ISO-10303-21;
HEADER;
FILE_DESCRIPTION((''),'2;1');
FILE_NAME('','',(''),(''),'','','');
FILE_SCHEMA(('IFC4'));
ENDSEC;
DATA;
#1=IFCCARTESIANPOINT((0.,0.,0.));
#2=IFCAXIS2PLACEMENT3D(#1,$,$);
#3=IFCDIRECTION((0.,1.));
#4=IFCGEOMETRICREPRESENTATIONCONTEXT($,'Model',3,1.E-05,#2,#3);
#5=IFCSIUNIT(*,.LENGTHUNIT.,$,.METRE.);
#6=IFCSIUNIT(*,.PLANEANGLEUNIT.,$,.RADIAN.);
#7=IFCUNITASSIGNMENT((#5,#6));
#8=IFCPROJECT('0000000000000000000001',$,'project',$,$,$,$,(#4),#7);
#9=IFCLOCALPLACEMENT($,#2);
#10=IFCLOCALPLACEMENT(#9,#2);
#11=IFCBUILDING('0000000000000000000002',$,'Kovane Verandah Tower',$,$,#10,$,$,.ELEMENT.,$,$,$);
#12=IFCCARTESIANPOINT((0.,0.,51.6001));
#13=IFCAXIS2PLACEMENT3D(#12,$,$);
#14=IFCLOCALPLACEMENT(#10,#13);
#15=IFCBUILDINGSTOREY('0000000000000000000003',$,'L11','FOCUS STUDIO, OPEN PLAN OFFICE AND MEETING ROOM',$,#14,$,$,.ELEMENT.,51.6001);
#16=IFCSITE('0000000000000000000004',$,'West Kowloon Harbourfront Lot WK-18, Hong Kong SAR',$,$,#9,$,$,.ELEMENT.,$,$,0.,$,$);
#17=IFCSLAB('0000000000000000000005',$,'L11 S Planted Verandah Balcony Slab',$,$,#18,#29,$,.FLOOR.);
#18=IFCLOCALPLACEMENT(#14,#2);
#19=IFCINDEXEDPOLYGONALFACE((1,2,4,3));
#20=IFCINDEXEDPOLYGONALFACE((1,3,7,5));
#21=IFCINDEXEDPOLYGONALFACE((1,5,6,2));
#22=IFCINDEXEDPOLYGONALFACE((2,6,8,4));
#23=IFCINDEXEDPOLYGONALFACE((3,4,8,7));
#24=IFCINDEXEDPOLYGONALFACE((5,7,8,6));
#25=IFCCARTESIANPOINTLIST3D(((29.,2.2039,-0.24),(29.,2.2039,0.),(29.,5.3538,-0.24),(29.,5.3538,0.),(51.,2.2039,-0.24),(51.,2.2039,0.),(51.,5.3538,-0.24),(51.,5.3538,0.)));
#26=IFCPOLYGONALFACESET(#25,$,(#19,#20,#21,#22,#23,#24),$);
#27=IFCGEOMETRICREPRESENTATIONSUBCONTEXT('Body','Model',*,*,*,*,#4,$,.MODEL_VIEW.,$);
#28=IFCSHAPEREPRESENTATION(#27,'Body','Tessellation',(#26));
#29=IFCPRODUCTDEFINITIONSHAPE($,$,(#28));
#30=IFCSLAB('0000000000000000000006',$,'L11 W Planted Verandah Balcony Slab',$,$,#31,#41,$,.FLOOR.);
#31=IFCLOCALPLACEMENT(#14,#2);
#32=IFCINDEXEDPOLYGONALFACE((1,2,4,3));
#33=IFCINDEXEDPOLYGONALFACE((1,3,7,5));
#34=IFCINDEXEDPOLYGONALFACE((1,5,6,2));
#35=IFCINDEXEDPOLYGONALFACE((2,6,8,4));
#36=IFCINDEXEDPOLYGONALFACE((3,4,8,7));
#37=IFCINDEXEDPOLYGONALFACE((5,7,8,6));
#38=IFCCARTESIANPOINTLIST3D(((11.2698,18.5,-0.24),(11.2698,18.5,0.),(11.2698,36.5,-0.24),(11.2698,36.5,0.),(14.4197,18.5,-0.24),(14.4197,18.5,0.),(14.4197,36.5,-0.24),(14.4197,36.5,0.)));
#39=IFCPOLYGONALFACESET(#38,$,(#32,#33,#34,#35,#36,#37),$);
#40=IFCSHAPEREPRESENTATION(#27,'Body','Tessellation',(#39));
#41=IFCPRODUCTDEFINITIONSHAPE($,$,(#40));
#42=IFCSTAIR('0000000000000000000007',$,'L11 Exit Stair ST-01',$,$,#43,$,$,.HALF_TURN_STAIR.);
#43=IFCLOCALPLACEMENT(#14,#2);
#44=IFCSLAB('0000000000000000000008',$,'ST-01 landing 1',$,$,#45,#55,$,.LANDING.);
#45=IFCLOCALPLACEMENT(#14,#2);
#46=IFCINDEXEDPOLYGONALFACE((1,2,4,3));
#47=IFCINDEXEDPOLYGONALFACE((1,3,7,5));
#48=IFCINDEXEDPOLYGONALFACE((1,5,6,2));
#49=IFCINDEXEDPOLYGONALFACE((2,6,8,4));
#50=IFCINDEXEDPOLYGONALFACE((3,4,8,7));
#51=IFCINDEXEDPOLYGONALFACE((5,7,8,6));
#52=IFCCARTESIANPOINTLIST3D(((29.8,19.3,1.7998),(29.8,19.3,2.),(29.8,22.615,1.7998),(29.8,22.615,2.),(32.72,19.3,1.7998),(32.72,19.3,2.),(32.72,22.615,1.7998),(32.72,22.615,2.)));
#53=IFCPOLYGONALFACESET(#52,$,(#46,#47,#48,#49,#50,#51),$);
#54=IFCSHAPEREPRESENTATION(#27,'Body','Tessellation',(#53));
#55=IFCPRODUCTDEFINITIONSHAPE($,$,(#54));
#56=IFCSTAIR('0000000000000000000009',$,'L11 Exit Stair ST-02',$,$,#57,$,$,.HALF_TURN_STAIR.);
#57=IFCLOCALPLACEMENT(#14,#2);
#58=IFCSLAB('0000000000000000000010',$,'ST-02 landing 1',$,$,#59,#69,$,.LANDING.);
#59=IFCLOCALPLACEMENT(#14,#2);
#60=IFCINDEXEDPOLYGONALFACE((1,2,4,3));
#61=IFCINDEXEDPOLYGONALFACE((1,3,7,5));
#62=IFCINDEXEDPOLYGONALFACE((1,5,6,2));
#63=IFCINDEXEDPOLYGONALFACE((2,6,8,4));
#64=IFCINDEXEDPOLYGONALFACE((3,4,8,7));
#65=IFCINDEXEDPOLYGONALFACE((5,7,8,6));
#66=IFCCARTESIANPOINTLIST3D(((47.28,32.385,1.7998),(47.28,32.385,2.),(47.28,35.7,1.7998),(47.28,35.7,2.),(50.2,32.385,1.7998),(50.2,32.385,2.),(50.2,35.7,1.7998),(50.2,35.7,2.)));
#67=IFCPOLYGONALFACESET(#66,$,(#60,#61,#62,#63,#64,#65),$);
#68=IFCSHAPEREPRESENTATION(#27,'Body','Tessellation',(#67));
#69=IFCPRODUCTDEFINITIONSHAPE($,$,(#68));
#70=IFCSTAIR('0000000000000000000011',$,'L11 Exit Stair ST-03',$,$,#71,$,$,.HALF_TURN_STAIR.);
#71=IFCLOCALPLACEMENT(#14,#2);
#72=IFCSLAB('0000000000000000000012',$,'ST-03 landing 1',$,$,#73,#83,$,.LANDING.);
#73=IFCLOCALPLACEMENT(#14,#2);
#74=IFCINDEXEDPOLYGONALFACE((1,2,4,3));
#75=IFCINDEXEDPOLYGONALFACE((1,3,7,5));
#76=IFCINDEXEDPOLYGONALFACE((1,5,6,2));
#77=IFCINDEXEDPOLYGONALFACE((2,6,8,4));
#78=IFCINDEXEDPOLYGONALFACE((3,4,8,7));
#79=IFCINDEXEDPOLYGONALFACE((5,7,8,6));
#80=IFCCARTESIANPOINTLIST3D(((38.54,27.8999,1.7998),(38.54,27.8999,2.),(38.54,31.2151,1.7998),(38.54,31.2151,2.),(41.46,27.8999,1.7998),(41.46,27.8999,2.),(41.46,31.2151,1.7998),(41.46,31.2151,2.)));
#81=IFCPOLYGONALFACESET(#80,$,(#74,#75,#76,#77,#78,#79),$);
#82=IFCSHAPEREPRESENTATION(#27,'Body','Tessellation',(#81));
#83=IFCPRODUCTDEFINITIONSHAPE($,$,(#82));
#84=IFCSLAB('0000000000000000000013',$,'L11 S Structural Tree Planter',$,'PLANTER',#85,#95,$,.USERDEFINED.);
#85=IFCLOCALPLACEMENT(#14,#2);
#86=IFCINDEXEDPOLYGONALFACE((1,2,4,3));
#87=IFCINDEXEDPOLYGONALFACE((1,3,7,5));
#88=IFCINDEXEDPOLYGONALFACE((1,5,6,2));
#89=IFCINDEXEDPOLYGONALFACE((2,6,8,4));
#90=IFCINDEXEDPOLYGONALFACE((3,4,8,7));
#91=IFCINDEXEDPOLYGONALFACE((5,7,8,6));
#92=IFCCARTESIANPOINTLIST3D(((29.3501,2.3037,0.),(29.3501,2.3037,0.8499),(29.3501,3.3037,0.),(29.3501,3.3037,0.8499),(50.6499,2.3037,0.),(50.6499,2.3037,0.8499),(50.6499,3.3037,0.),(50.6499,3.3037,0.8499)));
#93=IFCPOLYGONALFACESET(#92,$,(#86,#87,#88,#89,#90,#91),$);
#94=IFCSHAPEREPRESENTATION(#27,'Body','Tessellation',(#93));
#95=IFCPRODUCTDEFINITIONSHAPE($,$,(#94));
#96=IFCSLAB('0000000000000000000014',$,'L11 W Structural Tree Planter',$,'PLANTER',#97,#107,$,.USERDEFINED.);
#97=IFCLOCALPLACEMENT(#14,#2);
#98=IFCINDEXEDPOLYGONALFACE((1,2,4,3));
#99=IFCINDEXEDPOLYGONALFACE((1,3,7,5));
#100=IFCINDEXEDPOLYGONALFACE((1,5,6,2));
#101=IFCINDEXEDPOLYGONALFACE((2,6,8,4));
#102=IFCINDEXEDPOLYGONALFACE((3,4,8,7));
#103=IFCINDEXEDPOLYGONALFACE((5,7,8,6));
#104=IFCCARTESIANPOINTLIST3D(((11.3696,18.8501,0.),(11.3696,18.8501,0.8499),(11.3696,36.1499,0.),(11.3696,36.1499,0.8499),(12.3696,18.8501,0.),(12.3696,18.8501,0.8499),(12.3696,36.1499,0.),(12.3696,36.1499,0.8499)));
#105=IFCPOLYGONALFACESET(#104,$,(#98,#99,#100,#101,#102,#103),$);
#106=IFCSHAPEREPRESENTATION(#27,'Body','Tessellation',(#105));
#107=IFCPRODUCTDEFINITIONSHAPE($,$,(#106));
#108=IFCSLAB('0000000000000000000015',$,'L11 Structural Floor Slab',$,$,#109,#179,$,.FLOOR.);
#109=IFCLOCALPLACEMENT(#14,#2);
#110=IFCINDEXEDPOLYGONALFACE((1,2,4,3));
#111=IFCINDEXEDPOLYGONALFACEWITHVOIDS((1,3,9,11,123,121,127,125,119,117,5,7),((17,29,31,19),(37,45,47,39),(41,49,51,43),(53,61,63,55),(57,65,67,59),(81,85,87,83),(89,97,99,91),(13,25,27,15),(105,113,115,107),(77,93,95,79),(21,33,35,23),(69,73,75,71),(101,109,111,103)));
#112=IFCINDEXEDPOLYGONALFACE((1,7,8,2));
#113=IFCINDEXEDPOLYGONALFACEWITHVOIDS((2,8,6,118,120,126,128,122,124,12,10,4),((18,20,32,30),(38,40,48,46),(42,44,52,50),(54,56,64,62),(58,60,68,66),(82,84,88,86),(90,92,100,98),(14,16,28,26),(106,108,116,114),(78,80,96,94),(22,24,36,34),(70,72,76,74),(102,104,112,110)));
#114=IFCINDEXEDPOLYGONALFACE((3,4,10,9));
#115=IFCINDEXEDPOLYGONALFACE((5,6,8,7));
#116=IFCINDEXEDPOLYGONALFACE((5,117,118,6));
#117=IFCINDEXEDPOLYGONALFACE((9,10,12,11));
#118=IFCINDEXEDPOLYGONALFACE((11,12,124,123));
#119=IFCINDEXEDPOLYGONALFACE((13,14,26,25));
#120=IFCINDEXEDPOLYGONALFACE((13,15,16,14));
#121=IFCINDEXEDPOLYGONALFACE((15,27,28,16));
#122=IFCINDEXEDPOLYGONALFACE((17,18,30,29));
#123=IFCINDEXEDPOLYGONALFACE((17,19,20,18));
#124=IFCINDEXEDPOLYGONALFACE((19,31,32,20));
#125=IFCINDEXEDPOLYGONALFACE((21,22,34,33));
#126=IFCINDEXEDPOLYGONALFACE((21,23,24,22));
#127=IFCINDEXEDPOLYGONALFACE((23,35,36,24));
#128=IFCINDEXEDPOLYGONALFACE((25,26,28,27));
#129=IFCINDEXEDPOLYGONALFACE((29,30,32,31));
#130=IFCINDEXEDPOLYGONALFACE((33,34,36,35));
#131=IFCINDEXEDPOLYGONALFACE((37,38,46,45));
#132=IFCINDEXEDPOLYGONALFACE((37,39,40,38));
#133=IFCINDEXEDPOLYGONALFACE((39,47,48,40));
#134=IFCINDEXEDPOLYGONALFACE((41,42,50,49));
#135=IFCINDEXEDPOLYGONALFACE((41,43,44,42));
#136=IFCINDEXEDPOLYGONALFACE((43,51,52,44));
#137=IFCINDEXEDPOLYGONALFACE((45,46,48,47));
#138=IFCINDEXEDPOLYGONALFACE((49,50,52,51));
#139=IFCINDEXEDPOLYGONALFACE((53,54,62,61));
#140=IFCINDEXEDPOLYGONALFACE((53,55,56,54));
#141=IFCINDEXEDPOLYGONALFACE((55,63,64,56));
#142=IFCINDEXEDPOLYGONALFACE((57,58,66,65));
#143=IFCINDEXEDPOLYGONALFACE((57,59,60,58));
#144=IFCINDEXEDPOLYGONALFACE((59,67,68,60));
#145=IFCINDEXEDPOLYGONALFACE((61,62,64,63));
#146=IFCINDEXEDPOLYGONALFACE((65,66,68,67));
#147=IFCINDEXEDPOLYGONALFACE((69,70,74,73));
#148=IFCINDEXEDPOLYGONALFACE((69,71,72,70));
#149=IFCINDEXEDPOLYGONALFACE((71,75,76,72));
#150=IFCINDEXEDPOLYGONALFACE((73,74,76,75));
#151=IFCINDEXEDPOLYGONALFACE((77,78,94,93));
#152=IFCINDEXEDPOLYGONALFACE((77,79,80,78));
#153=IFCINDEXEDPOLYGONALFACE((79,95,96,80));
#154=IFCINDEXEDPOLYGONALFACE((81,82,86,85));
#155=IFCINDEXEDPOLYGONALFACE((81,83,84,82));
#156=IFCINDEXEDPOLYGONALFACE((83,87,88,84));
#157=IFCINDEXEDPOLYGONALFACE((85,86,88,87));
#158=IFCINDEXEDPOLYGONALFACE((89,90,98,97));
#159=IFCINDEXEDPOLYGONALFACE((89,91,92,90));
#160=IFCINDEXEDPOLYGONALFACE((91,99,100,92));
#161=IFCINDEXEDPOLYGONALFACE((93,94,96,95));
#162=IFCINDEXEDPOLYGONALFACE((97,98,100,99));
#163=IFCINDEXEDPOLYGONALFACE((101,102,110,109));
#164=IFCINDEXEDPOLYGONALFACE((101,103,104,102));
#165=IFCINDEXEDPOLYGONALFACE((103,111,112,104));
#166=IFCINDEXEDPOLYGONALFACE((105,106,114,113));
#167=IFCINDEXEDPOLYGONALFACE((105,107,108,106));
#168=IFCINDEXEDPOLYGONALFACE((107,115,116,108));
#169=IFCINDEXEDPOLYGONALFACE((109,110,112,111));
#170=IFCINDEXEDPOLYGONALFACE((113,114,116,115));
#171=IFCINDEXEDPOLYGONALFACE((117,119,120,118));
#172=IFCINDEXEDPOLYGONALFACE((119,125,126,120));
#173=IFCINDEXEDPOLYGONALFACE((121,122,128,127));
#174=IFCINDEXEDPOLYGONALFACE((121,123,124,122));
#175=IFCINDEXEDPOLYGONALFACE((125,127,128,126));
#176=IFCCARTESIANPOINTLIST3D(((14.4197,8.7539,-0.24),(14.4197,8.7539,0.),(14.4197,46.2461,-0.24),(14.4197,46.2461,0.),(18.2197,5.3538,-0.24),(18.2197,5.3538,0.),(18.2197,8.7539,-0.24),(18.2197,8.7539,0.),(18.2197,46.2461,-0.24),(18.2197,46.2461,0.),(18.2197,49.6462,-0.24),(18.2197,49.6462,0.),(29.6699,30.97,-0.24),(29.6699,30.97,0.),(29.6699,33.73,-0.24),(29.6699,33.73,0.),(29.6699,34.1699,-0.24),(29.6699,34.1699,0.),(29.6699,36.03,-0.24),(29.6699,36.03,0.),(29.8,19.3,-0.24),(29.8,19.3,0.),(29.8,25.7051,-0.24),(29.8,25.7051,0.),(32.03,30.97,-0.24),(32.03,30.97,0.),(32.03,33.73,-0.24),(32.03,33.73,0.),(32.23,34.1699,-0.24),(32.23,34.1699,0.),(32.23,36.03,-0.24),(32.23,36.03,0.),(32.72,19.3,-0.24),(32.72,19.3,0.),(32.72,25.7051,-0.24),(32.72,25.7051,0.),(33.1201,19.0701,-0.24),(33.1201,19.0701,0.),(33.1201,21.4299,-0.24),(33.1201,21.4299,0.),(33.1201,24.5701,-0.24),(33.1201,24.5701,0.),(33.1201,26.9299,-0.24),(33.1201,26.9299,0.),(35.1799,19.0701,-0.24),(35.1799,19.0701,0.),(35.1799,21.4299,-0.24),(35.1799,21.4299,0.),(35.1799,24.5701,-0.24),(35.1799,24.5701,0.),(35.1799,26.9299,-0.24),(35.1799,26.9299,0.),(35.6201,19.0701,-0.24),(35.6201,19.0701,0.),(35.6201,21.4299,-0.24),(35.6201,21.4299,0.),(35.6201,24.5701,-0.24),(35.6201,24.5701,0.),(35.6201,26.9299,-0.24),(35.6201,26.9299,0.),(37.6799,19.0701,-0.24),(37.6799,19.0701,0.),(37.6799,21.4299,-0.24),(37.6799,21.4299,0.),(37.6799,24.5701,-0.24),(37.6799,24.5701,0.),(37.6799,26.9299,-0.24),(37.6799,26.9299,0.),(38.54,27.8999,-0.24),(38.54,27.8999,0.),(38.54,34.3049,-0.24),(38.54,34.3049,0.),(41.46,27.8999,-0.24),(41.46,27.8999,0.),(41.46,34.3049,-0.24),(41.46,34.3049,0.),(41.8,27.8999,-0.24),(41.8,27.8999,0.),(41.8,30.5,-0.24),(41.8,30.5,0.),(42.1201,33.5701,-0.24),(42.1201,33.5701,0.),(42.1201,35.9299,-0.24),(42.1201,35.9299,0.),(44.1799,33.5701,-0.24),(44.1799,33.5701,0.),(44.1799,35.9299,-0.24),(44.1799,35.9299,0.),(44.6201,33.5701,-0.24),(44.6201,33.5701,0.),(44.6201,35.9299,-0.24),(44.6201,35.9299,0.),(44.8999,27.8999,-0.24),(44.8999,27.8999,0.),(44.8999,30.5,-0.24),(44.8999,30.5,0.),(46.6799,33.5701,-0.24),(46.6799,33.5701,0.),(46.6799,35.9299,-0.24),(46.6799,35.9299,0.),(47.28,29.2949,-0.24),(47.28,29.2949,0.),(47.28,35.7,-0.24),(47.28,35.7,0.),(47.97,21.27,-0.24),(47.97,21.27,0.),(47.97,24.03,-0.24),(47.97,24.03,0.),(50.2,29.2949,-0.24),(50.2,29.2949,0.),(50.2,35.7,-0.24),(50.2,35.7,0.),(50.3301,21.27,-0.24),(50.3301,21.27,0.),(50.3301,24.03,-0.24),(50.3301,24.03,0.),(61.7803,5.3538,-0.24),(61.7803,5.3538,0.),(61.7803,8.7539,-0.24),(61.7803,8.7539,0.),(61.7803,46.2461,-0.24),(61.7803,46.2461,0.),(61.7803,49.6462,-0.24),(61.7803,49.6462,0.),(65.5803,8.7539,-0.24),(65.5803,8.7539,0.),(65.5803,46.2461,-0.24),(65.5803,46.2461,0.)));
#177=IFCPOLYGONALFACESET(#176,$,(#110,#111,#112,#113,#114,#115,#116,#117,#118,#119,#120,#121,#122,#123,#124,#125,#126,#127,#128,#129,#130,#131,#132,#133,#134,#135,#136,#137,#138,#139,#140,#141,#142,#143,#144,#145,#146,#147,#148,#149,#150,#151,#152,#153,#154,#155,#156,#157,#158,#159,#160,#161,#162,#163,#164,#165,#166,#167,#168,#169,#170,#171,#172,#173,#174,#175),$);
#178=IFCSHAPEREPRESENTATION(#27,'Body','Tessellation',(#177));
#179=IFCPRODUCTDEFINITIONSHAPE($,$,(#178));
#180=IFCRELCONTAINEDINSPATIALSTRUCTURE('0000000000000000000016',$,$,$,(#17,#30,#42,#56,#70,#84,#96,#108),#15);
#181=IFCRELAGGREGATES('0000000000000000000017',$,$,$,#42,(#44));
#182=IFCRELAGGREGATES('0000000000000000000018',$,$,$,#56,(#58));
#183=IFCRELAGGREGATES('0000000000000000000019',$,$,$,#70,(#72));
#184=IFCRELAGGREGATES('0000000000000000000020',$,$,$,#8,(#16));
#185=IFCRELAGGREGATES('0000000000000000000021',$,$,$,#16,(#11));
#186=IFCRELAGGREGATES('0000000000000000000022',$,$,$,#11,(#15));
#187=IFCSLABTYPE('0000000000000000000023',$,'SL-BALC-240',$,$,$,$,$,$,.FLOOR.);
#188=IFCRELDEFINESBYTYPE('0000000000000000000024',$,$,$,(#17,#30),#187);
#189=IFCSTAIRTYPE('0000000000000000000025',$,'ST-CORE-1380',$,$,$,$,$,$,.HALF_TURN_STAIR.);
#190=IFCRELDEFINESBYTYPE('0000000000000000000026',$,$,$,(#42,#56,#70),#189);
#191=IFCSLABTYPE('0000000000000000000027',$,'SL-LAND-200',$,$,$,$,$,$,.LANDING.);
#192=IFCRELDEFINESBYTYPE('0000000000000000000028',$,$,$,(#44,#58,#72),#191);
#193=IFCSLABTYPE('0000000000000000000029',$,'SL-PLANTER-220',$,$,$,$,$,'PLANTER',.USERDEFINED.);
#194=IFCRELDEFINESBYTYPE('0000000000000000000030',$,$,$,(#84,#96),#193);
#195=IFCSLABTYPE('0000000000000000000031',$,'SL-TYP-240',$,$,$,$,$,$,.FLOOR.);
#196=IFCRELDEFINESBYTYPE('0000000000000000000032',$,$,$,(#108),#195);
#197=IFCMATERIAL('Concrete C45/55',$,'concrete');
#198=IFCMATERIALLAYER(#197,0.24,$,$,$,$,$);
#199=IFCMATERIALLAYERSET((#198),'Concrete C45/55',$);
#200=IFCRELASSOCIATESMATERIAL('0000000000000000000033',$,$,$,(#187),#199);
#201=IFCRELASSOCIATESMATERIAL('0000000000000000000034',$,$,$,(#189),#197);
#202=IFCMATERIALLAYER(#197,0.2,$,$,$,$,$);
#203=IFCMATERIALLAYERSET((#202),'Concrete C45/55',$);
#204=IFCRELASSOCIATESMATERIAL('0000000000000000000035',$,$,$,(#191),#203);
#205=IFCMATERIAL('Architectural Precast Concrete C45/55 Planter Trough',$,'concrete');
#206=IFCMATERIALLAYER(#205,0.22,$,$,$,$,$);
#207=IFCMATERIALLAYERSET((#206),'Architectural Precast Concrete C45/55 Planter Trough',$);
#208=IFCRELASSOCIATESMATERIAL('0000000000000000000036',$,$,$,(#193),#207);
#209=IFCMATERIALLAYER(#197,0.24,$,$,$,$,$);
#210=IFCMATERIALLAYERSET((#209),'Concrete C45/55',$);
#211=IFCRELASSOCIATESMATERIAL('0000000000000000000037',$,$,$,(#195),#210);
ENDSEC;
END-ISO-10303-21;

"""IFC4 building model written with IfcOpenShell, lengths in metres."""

from ifc_helpers import new_model, si_unit, direction, frame, origin, place, context, subcontext, project, spatial, polyline, outline, extrude, material, layer, layer_set, type_object, element, aggregate, save


model = new_model("IFC4")

# Units and contexts
model_context = context("Model", 3, precision=1e-05, world=origin(), true_north=direction((0.0, 1.0)))
body_context = subcontext(model_context, "Body", "Model", "MODEL_VIEW")
ifc_project = project(units=[si_unit("LENGTHUNIT", "METRE"), si_unit("PLANEANGLEUNIT", "RADIAN")], contexts=[model_context])

# Site, building, storey
site_placement = place(None, origin())
site = spatial("IfcSite", under=ifc_project, at=site_placement, Name="West Kowloon Harbourfront Lot WK-18, Hong Kong SAR", CompositionType="ELEMENT", RefElevation=0.0)
building_placement = place(site_placement, origin())
building = spatial("IfcBuilding", under=site, at=building_placement, Name="Kovane Verandah Tower", CompositionType="ELEMENT")
storey_placement = place(building_placement, frame((0.0, 0.0, 51.6001)))
storey = spatial("IfcBuildingStorey", under=building, at=storey_placement, Name="L11", Description="FOCUS STUDIO, OPEN PLAN OFFICE AND MEETING ROOM", CompositionType="ELEMENT", Elevation=51.6001)

# Slabs
ifc_material_1 = material(Name="Concrete C45/55", Category="concrete")
ifc_layer_1 = layer(ifc_material_1, 0.24)
ifc_layer_set_1 = layer_set([ifc_layer_1], Name="Concrete C45/55")
slab_type_1 = type_object("IfcSlabType", Name="SL-BALC-240", PredefinedType="FLOOR", material=ifc_layer_set_1)
slab_1_placement = place(storey_placement, frame((0.0, 0.0, -0.24)))
element("IfcSlab", 1, at=slab_1_placement, inside=storey, type_object=slab_type_1, Name="L11 S Planted Verandah Balcony Slab", PredefinedType="FLOOR", context=body_context, shape_type="SweptSolid", body=[
    extrude(outline(polyline([(29.0, 2.2039), (51.0, 2.2039), (51.0, 5.3538), (29.0, 5.3538), (29.0, 2.2039)])), origin(), (0.0, 0.0, 1.0), 0.24),
])
slab_2_placement = place(storey_placement, frame((0.0, 0.0, -0.24)))
element("IfcSlab", 2, at=slab_2_placement, inside=storey, type_object=slab_type_1, Name="L11 W Planted Verandah Balcony Slab", PredefinedType="FLOOR", context=body_context, shape_type="SweptSolid", body=[
    extrude(outline(polyline([(11.2698, 18.5), (14.4197, 18.5), (14.4197, 36.5), (11.2698, 36.5), (11.2698, 18.5)])), origin(), (0.0, 0.0, 1.0), 0.24),
])

# Stairs, slabs
stair_type = type_object("IfcStairType", Name="ST-CORE-1380", PredefinedType="HALF_TURN_STAIR", material=ifc_material_1)
stair_1_placement = place(storey_placement, origin())
stair_1 = element("IfcStair", 3, at=stair_1_placement, inside=storey, type_object=stair_type, Name="L11 Exit Stair ST-01", PredefinedType="HALF_TURN_STAIR")
ifc_layer_2 = layer(ifc_material_1, 0.2)
ifc_layer_set_2 = layer_set([ifc_layer_2], Name="Concrete C45/55")
slab_type_2 = type_object("IfcSlabType", Name="SL-LAND-200", PredefinedType="LANDING", material=ifc_layer_set_2)
slab_3_placement = place(storey_placement, frame((0.0, 0.0, 1.7998)))
slab_3 = element("IfcSlab", 4, at=slab_3_placement, type_object=slab_type_2, Name="ST-01 landing 1", PredefinedType="LANDING", context=body_context, shape_type="SweptSolid", body=[
    extrude(outline(polyline([(29.8, 22.615), (29.8, 19.3), (32.72, 19.3), (32.72, 22.615), (29.8, 22.615)])), origin(), (0.0, 0.0, 1.0), 0.2002),
])
aggregate(stair_1, [slab_3])
stair_2_placement = place(storey_placement, origin())
stair_2 = element("IfcStair", 5, at=stair_2_placement, inside=storey, type_object=stair_type, Name="L11 Exit Stair ST-02", PredefinedType="HALF_TURN_STAIR")
slab_4_placement = place(storey_placement, frame((0.0, 0.0, 1.7998)))
slab_4 = element("IfcSlab", 6, at=slab_4_placement, type_object=slab_type_2, Name="ST-02 landing 1", PredefinedType="LANDING", context=body_context, shape_type="SweptSolid", body=[
    extrude(outline(polyline([(50.2, 32.385), (50.2, 35.7), (47.28, 35.7), (47.28, 32.385), (50.2, 32.385)])), origin(), (0.0, 0.0, 1.0), 0.2002),
])
aggregate(stair_2, [slab_4])
stair_3_placement = place(storey_placement, origin())
stair_3 = element("IfcStair", 7, at=stair_3_placement, inside=storey, type_object=stair_type, Name="L11 Exit Stair ST-03", PredefinedType="HALF_TURN_STAIR")
slab_5_placement = place(storey_placement, frame((0.0, 0.0, 1.7998)))
slab_5 = element("IfcSlab", 8, at=slab_5_placement, type_object=slab_type_2, Name="ST-03 landing 1", PredefinedType="LANDING", context=body_context, shape_type="SweptSolid", body=[
    extrude(outline(polyline([(38.54, 31.2151), (38.54, 27.8999), (41.46, 27.8999), (41.46, 31.2151), (38.54, 31.2151)])), origin(), (0.0, 0.0, 1.0), 0.2002),
])
aggregate(stair_3, [slab_5])

# Slabs
ifc_material_2 = material(Name="Architectural Precast Concrete C45/55 Planter Trough", Category="concrete")
ifc_layer_3 = layer(ifc_material_2, 0.22)
ifc_layer_set_3 = layer_set([ifc_layer_3], Name="Architectural Precast Concrete C45/55 Planter Trough")
slab_type_3 = type_object("IfcSlabType", Name="SL-PLANTER-220", ElementType="PLANTER", PredefinedType="USERDEFINED", material=ifc_layer_set_3)
slab_6_placement = place(storey_placement, origin())
element("IfcSlab", 9, at=slab_6_placement, inside=storey, type_object=slab_type_3, Name="L11 S Structural Tree Planter", ObjectType="PLANTER", PredefinedType="USERDEFINED", context=body_context, shape_type="SweptSolid", body=[
    extrude(outline(polyline([(29.3501, 2.3037), (50.6499, 2.3037), (50.6499, 3.3037), (29.3501, 3.3037), (29.3501, 2.3037)])), origin(), (0.0, 0.0, 1.0), 0.8499),
])
slab_7_placement = place(storey_placement, origin())
element("IfcSlab", 10, at=slab_7_placement, inside=storey, type_object=slab_type_3, Name="L11 W Structural Tree Planter", ObjectType="PLANTER", PredefinedType="USERDEFINED", context=body_context, shape_type="SweptSolid", body=[
    extrude(outline(polyline([(11.3696, 18.8501), (12.3696, 18.8501), (12.3696, 36.1499), (11.3696, 36.1499), (11.3696, 18.8501)])), origin(), (0.0, 0.0, 1.0), 0.8499),
])
ifc_layer_4 = layer(ifc_material_1, 0.24)
ifc_layer_set_4 = layer_set([ifc_layer_4], Name="Concrete C45/55")
slab_type_4 = type_object("IfcSlabType", Name="SL-TYP-240", PredefinedType="FLOOR", material=ifc_layer_set_4)
slab_8_placement = place(storey_placement, frame((0.0, 0.0, -0.24)))
element("IfcSlab", 11, at=slab_8_placement, inside=storey, type_object=slab_type_4, Name="L11 Structural Floor Slab", PredefinedType="FLOOR", context=body_context, shape_type="SweptSolid", body=[
    extrude(outline(polyline([(18.2197, 5.3538), (61.7803, 5.3538), (61.7803, 8.7539), (65.5803, 8.7539), (65.5803, 46.2461), (61.7803, 46.2461), (61.7803, 49.6462), (18.2197, 49.6462), (18.2197, 46.2461), (14.4197, 46.2461), (14.4197, 8.7539), (18.2197, 8.7539), (18.2197, 5.3538)]), holes=[polyline([(29.8, 19.3), (32.72, 19.3), (32.72, 25.7051), (29.8, 25.7051), (29.8, 19.3)]), polyline([(47.28, 29.2949), (50.2, 29.2949), (50.2, 35.7), (47.28, 35.7), (47.28, 29.2949)]), polyline([(38.54, 27.8999), (41.46, 27.8999), (41.46, 34.3049), (38.54, 34.3049), (38.54, 27.8999)]), polyline([(29.6699, 30.97), (32.03, 30.97), (32.03, 33.73), (29.6699, 33.73), (29.6699, 30.97)]), polyline([(47.97, 21.27), (50.3301, 21.27), (50.3301, 24.03), (47.97, 24.03), (47.97, 21.27)]), polyline([(29.6699, 34.1699), (32.23, 34.1699), (32.23, 36.03), (29.6699, 36.03), (29.6699, 34.1699)]), polyline([(33.1201, 19.0701), (35.1799, 19.0701), (35.1799, 21.4299), (33.1201, 21.4299), (33.1201, 19.0701)]), polyline([(35.6201, 19.0701), (37.6799, 19.0701), (37.6799, 21.4299), (35.6201, 21.4299), (35.6201, 19.0701)]), polyline([(33.1201, 24.5701), (35.1799, 24.5701), (35.1799, 26.9299), (33.1201, 26.9299), (33.1201, 24.5701)]), polyline([(35.6201, 24.5701), (37.6799, 24.5701), (37.6799, 26.9299), (35.6201, 26.9299), (35.6201, 24.5701)]), polyline([(42.1201, 33.5701), (44.1799, 33.5701), (44.1799, 35.9299), (42.1201, 35.9299), (42.1201, 33.5701)]), polyline([(44.6201, 33.5701), (46.6799, 33.5701), (46.6799, 35.9299), (44.6201, 35.9299), (44.6201, 33.5701)]), polyline([(41.8, 27.8999), (44.8999, 27.8999), (44.8999, 30.5), (41.8, 30.5), (41.8, 27.8999)])]), origin(), (0.0, 0.0, 1.0), 0.24),
])

save(model, "model.ifc")
